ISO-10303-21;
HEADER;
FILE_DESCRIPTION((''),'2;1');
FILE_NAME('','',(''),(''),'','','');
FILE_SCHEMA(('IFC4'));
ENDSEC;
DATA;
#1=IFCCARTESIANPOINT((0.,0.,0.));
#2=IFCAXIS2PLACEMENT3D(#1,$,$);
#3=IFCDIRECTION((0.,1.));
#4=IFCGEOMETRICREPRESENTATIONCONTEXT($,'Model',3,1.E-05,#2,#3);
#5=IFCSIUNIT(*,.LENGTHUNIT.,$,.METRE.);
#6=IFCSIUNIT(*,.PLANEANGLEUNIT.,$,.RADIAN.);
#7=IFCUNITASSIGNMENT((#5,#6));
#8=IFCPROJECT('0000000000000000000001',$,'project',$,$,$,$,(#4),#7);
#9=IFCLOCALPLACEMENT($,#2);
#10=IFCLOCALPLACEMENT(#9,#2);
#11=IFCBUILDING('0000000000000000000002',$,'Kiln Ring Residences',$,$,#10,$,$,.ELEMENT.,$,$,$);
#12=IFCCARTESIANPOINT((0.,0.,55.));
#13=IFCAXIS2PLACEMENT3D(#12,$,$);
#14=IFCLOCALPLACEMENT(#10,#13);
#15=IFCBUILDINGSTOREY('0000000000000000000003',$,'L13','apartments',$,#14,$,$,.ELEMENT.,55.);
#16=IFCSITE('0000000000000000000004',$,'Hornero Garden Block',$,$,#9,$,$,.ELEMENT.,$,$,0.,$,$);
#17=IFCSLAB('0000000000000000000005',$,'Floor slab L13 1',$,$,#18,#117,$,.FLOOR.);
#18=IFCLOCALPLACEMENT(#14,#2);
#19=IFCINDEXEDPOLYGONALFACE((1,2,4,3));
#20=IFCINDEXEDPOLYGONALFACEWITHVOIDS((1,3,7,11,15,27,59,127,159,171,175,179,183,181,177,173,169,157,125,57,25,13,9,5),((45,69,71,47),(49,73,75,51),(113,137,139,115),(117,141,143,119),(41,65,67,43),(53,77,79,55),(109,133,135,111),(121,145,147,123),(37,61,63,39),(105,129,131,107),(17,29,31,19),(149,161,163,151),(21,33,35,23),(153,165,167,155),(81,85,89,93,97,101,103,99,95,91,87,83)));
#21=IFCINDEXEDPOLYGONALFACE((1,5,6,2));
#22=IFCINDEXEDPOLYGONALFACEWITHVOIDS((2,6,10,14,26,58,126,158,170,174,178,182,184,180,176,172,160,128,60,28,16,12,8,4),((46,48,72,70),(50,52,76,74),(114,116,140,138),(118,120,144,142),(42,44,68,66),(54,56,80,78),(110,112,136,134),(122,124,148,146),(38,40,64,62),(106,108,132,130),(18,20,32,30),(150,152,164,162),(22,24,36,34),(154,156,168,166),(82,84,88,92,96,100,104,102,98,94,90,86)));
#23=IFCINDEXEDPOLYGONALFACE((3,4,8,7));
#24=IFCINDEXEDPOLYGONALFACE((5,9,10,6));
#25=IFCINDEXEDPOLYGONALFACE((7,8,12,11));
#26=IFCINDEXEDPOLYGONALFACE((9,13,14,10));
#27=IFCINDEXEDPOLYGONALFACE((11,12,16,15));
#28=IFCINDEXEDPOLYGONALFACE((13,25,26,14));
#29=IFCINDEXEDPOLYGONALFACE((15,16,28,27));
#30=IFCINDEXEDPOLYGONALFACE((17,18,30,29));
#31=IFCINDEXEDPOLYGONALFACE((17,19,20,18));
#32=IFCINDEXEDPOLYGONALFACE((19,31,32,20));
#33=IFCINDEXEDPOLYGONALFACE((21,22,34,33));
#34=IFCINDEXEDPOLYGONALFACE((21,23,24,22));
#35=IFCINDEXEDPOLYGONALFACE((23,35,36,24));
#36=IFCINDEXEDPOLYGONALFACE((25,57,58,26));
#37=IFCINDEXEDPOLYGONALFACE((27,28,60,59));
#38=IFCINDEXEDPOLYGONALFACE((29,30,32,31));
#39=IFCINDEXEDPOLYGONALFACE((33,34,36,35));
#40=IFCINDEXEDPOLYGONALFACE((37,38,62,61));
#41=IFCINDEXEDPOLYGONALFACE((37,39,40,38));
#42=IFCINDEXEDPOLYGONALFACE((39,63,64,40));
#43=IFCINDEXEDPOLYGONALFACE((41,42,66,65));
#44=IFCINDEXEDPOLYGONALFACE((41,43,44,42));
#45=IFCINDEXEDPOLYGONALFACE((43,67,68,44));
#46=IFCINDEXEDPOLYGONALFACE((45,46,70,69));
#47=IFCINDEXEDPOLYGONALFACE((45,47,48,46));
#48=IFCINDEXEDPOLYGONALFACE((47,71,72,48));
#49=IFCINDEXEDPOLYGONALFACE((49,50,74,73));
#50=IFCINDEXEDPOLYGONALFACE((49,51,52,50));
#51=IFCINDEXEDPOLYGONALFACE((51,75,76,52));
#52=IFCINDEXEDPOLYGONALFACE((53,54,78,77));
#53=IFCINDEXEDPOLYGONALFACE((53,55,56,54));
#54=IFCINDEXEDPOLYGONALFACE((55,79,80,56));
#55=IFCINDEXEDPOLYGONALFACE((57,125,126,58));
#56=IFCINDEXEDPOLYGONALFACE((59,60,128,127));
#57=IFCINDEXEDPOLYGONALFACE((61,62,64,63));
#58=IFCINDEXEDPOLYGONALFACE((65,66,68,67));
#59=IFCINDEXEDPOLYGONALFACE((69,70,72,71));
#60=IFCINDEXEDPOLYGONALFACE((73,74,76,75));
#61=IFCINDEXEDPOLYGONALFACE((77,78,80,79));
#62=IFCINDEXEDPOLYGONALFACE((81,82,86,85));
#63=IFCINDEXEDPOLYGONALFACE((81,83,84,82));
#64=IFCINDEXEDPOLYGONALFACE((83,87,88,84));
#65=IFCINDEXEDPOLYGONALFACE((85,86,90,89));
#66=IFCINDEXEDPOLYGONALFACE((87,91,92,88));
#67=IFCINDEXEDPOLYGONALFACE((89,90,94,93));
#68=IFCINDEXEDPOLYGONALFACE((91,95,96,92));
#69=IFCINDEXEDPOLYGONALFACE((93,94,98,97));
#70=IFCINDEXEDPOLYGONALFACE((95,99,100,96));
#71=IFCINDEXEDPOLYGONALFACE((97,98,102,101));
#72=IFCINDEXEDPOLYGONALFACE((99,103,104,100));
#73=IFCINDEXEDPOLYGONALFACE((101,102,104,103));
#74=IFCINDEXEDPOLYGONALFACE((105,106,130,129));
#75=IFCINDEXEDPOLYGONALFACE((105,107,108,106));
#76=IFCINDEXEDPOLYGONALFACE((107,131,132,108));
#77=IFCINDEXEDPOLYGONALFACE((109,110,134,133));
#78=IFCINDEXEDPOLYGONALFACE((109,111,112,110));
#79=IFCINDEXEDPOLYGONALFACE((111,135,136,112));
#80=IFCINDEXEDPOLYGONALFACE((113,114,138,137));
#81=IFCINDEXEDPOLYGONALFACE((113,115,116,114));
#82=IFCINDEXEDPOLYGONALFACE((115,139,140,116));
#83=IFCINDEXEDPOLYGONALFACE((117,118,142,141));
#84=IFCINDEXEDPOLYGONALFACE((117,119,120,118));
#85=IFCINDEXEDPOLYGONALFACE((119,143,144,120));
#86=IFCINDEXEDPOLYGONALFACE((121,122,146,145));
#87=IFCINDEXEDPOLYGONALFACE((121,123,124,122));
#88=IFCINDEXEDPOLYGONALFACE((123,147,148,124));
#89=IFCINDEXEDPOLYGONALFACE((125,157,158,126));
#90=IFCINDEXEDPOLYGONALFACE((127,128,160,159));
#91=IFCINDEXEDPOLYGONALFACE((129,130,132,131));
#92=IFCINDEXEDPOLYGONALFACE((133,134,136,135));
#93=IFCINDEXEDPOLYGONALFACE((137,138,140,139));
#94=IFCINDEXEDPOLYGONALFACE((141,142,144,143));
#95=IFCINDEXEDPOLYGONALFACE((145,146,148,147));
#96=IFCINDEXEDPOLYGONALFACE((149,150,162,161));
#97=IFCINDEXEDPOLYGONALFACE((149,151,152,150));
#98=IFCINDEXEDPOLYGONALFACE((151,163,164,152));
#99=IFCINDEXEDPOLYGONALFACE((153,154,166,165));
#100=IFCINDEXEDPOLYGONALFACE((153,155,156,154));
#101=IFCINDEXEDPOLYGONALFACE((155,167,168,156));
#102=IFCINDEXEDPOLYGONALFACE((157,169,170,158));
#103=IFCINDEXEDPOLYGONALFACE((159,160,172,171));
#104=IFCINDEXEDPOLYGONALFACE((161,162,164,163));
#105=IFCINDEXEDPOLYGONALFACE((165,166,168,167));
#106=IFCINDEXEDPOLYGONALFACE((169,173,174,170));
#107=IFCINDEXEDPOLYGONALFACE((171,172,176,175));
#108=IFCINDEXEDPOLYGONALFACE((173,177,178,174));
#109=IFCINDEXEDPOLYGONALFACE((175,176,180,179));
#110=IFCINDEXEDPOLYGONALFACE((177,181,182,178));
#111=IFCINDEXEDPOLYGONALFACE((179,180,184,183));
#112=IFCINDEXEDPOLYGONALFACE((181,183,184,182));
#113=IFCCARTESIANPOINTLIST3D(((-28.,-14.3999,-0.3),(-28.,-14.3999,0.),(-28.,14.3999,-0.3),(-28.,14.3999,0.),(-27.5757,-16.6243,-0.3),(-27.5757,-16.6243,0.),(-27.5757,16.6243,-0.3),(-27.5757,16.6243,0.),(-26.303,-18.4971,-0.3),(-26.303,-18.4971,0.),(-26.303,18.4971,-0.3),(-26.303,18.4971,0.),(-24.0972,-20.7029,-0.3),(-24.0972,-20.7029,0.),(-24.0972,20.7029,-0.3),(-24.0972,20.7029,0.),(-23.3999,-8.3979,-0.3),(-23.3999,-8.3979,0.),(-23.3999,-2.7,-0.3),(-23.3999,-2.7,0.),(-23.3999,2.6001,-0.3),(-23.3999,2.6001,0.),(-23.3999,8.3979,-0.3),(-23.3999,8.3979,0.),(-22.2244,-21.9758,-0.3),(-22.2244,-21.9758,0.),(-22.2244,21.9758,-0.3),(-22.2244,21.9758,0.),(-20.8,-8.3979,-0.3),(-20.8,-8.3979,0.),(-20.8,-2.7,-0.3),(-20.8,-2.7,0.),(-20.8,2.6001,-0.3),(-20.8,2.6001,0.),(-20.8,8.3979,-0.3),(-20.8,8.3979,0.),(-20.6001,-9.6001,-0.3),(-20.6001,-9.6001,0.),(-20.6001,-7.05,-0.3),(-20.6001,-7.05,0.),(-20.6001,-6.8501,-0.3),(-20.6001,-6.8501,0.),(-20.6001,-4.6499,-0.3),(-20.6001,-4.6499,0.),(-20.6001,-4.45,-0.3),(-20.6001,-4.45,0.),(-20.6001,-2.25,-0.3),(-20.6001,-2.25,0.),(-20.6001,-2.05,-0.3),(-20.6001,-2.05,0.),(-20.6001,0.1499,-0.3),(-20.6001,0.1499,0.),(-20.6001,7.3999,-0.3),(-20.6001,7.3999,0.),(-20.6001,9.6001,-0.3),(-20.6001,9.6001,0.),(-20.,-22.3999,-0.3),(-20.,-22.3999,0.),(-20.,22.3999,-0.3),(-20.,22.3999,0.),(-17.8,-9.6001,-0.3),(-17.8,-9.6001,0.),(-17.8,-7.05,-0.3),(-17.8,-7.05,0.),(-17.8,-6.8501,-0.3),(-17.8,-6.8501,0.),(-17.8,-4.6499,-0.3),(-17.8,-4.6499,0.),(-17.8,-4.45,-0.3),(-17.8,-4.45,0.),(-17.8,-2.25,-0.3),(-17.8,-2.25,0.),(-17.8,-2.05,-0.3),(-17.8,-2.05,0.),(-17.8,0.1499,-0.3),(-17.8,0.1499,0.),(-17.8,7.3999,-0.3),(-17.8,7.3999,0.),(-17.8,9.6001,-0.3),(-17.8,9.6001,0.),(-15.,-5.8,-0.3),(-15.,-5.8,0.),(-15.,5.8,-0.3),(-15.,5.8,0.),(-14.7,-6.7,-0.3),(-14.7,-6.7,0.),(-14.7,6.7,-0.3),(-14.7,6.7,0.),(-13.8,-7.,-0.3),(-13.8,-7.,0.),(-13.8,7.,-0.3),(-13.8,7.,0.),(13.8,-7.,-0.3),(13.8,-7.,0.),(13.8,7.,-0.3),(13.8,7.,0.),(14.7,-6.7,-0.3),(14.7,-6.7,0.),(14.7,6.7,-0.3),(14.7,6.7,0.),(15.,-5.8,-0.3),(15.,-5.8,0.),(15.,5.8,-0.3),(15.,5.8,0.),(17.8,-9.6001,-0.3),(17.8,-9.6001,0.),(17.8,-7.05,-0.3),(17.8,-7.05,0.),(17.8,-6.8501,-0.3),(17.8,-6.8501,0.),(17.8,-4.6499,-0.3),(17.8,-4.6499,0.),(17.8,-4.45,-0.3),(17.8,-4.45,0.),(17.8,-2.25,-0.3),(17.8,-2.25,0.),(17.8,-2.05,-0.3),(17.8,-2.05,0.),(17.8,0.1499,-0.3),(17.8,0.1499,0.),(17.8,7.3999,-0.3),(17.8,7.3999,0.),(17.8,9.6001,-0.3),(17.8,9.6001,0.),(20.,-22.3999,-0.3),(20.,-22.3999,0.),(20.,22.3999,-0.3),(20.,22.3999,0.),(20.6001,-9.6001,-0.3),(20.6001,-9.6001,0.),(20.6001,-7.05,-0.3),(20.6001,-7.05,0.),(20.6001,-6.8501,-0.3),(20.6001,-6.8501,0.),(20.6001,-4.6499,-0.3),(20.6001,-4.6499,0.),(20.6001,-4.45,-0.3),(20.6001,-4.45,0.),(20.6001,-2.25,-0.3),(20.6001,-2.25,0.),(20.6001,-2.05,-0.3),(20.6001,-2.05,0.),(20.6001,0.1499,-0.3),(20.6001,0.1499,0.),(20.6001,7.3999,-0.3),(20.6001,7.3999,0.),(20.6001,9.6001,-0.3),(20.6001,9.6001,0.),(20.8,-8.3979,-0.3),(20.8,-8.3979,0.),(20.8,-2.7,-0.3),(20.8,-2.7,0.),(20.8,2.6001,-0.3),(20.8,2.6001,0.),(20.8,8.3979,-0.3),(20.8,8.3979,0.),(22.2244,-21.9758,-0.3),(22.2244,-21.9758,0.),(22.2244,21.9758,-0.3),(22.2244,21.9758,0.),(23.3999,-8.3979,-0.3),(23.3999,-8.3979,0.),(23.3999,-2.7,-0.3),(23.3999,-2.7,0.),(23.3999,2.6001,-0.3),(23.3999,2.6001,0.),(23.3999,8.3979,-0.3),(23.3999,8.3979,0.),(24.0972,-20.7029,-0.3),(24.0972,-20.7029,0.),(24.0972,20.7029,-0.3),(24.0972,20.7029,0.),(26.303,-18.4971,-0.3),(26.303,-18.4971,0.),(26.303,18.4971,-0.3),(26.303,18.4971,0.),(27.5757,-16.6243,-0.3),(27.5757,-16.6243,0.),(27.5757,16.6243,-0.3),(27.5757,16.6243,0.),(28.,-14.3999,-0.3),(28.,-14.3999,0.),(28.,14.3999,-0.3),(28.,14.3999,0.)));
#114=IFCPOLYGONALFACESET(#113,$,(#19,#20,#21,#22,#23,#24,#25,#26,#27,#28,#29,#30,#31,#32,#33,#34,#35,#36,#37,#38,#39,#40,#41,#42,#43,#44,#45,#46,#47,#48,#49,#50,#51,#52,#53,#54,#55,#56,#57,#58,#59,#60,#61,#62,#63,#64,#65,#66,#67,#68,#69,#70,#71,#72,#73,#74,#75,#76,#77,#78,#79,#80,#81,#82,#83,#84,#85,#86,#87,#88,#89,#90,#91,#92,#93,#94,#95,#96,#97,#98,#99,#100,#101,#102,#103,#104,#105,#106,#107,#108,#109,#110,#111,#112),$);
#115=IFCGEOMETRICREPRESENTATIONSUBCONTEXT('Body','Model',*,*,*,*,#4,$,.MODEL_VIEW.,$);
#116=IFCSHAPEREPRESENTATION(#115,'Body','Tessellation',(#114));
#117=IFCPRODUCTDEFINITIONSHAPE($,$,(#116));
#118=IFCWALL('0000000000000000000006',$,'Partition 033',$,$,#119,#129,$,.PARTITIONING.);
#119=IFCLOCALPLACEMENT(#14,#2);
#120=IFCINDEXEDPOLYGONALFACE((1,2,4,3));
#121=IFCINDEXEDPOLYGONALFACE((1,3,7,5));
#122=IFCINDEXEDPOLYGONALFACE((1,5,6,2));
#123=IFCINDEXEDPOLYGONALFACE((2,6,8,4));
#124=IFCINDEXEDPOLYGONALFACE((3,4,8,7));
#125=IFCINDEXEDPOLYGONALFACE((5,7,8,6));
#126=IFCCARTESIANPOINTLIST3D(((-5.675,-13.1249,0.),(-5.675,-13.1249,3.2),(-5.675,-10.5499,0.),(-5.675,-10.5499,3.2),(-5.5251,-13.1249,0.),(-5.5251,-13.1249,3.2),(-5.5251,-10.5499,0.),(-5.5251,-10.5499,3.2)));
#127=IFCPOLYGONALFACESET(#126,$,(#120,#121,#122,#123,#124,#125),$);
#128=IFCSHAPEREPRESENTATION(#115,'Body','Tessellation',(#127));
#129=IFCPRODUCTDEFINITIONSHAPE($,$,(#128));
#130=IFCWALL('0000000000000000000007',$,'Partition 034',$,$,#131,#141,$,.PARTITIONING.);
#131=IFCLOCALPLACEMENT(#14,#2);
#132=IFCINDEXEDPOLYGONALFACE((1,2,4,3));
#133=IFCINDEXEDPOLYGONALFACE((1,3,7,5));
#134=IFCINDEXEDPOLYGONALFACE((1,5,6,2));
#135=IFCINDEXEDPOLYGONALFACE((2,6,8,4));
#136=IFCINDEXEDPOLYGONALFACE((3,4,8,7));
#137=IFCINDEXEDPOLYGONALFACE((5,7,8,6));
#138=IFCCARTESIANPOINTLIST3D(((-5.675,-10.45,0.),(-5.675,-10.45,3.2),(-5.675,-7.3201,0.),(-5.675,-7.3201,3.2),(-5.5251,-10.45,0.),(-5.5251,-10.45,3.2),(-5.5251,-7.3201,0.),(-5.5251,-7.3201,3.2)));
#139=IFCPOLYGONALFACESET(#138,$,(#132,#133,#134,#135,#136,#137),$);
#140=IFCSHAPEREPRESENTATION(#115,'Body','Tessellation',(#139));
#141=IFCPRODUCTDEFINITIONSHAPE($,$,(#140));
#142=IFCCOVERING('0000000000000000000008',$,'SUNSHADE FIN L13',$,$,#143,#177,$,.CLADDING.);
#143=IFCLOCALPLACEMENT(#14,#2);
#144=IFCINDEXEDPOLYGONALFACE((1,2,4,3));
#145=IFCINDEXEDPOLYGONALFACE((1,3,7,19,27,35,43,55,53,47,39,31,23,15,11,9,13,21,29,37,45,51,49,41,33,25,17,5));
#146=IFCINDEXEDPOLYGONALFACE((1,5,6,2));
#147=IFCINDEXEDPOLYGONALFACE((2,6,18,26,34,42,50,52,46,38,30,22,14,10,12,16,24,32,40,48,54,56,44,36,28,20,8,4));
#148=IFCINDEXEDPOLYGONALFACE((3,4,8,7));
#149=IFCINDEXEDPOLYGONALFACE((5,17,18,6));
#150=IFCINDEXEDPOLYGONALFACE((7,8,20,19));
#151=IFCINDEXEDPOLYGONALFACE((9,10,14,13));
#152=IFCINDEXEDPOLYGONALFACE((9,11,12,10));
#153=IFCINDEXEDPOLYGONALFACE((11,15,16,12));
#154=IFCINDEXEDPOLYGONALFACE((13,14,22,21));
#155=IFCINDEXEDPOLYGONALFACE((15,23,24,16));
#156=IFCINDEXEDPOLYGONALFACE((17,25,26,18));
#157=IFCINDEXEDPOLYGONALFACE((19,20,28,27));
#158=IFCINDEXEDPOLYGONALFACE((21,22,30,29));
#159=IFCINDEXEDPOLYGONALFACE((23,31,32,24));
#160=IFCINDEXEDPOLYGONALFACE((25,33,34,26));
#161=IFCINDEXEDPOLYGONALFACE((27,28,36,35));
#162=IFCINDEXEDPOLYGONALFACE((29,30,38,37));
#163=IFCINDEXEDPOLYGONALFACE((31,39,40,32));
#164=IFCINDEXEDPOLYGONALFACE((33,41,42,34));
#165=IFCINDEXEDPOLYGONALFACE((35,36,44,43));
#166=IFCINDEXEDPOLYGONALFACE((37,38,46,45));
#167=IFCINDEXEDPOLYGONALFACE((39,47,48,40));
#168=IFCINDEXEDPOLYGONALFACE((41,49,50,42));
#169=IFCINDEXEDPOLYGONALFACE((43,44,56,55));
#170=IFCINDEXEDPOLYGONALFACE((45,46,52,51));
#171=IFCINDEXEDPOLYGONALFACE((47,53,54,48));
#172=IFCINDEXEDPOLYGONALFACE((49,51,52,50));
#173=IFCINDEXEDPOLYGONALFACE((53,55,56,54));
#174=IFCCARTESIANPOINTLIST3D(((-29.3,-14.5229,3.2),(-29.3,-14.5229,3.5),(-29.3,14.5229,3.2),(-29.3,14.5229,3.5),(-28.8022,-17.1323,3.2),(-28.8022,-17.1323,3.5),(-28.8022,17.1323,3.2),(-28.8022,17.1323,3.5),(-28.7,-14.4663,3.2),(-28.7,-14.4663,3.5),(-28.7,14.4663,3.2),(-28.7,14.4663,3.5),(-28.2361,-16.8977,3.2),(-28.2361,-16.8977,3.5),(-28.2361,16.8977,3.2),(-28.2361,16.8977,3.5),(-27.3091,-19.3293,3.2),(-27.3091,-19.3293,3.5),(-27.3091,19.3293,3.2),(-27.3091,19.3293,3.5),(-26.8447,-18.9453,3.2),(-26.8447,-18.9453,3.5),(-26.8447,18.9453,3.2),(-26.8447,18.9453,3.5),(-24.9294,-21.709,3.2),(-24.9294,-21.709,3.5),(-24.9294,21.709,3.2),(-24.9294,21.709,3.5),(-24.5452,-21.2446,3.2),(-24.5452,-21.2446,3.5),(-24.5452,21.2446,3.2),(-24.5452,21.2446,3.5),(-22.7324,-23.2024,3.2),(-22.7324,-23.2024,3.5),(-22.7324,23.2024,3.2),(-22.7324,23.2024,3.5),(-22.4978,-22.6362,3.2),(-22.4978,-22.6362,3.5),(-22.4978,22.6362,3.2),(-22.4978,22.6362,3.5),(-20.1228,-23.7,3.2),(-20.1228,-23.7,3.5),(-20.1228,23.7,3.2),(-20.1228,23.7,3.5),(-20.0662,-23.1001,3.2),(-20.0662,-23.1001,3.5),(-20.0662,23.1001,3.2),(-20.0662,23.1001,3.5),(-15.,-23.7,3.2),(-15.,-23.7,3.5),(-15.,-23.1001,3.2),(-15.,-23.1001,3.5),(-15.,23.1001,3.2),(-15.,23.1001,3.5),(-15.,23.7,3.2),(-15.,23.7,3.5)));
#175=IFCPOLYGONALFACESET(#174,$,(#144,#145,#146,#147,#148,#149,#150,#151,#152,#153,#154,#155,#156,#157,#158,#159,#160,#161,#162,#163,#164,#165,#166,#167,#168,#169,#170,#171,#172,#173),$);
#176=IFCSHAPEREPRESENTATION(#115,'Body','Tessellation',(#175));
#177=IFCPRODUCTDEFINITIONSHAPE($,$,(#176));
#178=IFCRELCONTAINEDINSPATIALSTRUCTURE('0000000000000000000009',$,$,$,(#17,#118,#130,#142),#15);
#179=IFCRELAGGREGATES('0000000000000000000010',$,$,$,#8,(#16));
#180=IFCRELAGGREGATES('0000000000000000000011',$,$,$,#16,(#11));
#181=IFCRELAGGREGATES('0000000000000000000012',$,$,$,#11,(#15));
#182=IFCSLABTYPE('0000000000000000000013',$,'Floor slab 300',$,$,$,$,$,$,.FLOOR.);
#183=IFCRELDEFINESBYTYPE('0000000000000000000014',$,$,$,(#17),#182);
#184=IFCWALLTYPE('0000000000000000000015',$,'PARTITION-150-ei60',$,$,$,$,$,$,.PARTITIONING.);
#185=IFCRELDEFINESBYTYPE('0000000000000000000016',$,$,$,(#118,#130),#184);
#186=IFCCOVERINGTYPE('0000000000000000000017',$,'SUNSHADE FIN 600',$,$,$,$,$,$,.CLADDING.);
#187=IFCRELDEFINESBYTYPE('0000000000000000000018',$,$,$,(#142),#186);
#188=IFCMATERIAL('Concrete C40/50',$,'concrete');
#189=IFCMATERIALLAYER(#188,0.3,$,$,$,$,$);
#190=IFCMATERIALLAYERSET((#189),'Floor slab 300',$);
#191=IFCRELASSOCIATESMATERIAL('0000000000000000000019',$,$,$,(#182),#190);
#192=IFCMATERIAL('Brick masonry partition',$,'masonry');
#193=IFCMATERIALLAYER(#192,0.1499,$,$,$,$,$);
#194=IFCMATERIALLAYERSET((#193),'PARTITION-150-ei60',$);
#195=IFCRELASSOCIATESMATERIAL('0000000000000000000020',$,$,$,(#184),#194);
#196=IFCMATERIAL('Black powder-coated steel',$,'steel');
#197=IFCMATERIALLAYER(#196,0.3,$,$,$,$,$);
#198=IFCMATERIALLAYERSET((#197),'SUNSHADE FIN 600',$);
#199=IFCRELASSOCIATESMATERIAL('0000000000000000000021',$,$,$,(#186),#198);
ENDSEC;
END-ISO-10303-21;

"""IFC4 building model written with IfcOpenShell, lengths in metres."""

from ifc_helpers import new_model, si_unit, direction, frame, frame_2d, origin, place, context, subcontext, project, spatial, polyline, rectangle, outline, extrude, material, layer, layer_set, type_object, element, save


model = new_model("IFC4")

# Units and contexts
model_context = context("Model", 3, precision=1e-05, world=origin(), true_north=direction((0.0, 1.0)))
body_context = subcontext(model_context, "Body", "Model", "MODEL_VIEW")
ifc_project = project(units=[si_unit("LENGTHUNIT", "METRE"), si_unit("PLANEANGLEUNIT", "RADIAN")], contexts=[model_context])

# Site, building, storey
site_placement = place(None, origin())
site = spatial("IfcSite", under=ifc_project, at=site_placement, Name="Hornero Garden Block", CompositionType="ELEMENT", RefElevation=0.0)
building_placement = place(site_placement, origin())
building = spatial("IfcBuilding", under=site, at=building_placement, Name="Kiln Ring Residences", CompositionType="ELEMENT")
storey_placement = place(building_placement, frame((0.0, 0.0, 55.0)))
storey = spatial("IfcBuildingStorey", under=building, at=storey_placement, Name="L13", Description="apartments", CompositionType="ELEMENT", Elevation=55.0)

# Slab
ifc_material_1 = material(Name="Concrete C40/50", Category="concrete")
ifc_layer_1 = layer(ifc_material_1, 0.3)
ifc_layer_set_1 = layer_set([ifc_layer_1], Name="Floor slab 300")
slab_type = type_object("IfcSlabType", Name="Floor slab 300", PredefinedType="FLOOR", material=ifc_layer_set_1)
slab_placement = place(storey_placement, frame((0.0, 0.0, -0.3)))
element("IfcSlab", 1, at=slab_placement, inside=storey, type_object=slab_type, Name="Floor slab L13 1", PredefinedType="FLOOR", context=body_context, shape_type="SweptSolid", body=[
    extrude(outline(polyline([(-26.303, -18.4971), (-24.0972, -20.7029), (-22.2244, -21.9758), (-20.0, -22.3999), (20.0, -22.3999), (22.2244, -21.9758), (24.0972, -20.7029), (26.303, -18.4971), (27.5757, -16.6243), (28.0, -14.3999), (28.0, 14.3999), (27.5757, 16.6243), (26.303, 18.4971), (24.0972, 20.7029), (22.2244, 21.9758), (20.0, 22.3999), (-20.0, 22.3999), (-22.2244, 21.9758), (-24.0972, 20.7029), (-26.303, 18.4971), (-27.5757, 16.6243), (-28.0, 14.3999), (-28.0, -14.3999), (-27.5757, -16.6243), (-26.303, -18.4971)]), holes=[polyline([(-14.7, -6.7), (-15.0, -5.8), (-15.0, 5.8), (-14.7, 6.7), (-13.8, 7.0), (13.8, 7.0), (14.7, 6.7), (15.0, 5.8), (15.0, -5.8), (14.7, -6.7), (13.8, -7.0), (-13.8, -7.0), (-14.7, -6.7)]), polyline([(20.8, -8.3979), (20.8, -2.7), (23.3999, -2.7), (23.3999, -8.3979), (20.8, -8.3979)]), polyline([(20.8, 2.6001), (20.8, 8.3979), (23.3999, 8.3979), (23.3999, 2.6001), (20.8, 2.6001)]), polyline([(17.8, -6.8501), (17.8, -4.6499), (20.6001, -4.6499), (20.6001, -6.8501), (17.8, -6.8501)]), polyline([(17.8, -4.45), (17.8, -2.25), (20.6001, -2.25), (20.6001, -4.45), (17.8, -4.45)]), polyline([(17.8, -2.05), (17.8, 0.1499), (20.6001, 0.1499), (20.6001, -2.05), (17.8, -2.05)]), polyline([(17.8, 7.3999), (17.8, 9.6001), (20.6001, 9.6001), (20.6001, 7.3999), (17.8, 7.3999)]), polyline([(20.6001, -9.6001), (17.8, -9.6001), (17.8, -7.05), (20.6001, -7.05), (20.6001, -9.6001)]), polyline([(-17.8, -7.05), (-17.8, -9.6001), (-20.6001, -9.6001), (-20.6001, -7.05), (-17.8, -7.05)]), polyline([(-17.8, -6.8501), (-20.6001, -6.8501), (-20.6001, -4.6499), (-17.8, -4.6499), (-17.8, -6.8501)]), polyline([(-17.8, -4.45), (-20.6001, -4.45), (-20.6001, -2.25), (-17.8, -2.25), (-17.8, -4.45)]), polyline([(-17.8, -2.05), (-20.6001, -2.05), (-20.6001, 0.1499), (-17.8, 0.1499), (-17.8, -2.05)]), polyline([(-17.8, 7.3999), (-20.6001, 7.3999), (-20.6001, 9.6001), (-17.8, 9.6001), (-17.8, 7.3999)]), polyline([(-20.8, -8.3979), (-23.3999, -8.3979), (-23.3999, -2.7), (-20.8, -2.7), (-20.8, -8.3979)]), polyline([(-20.8, 2.6001), (-23.3999, 2.6001), (-23.3999, 8.3979), (-20.8, 8.3979), (-20.8, 2.6001)])]), origin(), (0.0, 0.0, 1.0), 0.3),
])

# Walls
ifc_material_2 = material(Name="Brick masonry partition", Category="masonry")
ifc_layer_2 = layer(ifc_material_2, 0.1499)
ifc_layer_set_2 = layer_set([ifc_layer_2], Name="PARTITION-150-ei60")
wall_type = type_object("IfcWallType", Name="PARTITION-150-ei60", PredefinedType="PARTITIONING", material=ifc_layer_set_2)
wall_1_placement = place(storey_placement, frame((-5.6001, -13.125, 0.0), z_axis=(0.0, 0.0, 1.0), x_axis=(0.0, 1.0, 0.0)))
element("IfcWall", 2, at=wall_1_placement, inside=storey, type_object=wall_type, Name="Partition 033", PredefinedType="PARTITIONING", context=body_context, shape_type="SweptSolid", body=[
    extrude(rectangle(XDim=2.575, YDim=0.1499, at=frame_2d((1.2876, 0.0))), origin(), (0.0, 0.0, 1.0), 3.2),
])
wall_2_placement = place(storey_placement, frame((-5.6001, -10.45, 0.0), z_axis=(0.0, 0.0, 1.0), x_axis=(0.0, 1.0, 0.0)))
element("IfcWall", 3, at=wall_2_placement, inside=storey, type_object=wall_type, Name="Partition 034", PredefinedType="PARTITIONING", context=body_context, shape_type="SweptSolid", body=[
    extrude(rectangle(XDim=3.1299, YDim=0.1499, at=frame_2d((1.5649, 0.0))), origin(), (0.0, 0.0, 1.0), 3.2),
])

# Covering
ifc_material_3 = material(Name="Black powder-coated steel", Category="steel")
ifc_layer_3 = layer(ifc_material_3, 0.3)
ifc_layer_set_3 = layer_set([ifc_layer_3], Name="SUNSHADE FIN 600")
covering_type = type_object("IfcCoveringType", Name="SUNSHADE FIN 600", PredefinedType="CLADDING", material=ifc_layer_set_3)
placement = place(storey_placement, frame((0.0, 0.0, 3.2)))
element("IfcCovering", 4, at=placement, inside=storey, type_object=covering_type, Name="SUNSHADE FIN L13", PredefinedType="CLADDING", context=body_context, shape_type="SweptSolid", body=[
    extrude(outline(polyline([(-29.3, -14.5229), (-28.8022, -17.1323), (-27.3091, -19.3293), (-24.9294, -21.709), (-22.7324, -23.2024), (-20.1228, -23.7), (-15.0, -23.7), (-15.0, -23.1001), (-20.0662, -23.1001), (-22.4978, -22.6362), (-24.5452, -21.2446), (-26.8447, -18.9453), (-28.2361, -16.8977), (-28.7, -14.4663), (-28.7, 14.4663), (-28.2361, 16.8977), (-26.8447, 18.9453), (-24.5452, 21.2446), (-22.4978, 22.6362), (-20.0662, 23.1001), (-15.0, 23.1001), (-15.0, 23.7), (-20.1228, 23.7), (-22.7324, 23.2024), (-24.9294, 21.709), (-27.3091, 19.3293), (-28.8022, 17.1323), (-29.3, 14.5229), (-29.3, -14.5229)])), origin(), (0.0, 0.0, 1.0), 0.3),
])

save(model, "model.ifc")
